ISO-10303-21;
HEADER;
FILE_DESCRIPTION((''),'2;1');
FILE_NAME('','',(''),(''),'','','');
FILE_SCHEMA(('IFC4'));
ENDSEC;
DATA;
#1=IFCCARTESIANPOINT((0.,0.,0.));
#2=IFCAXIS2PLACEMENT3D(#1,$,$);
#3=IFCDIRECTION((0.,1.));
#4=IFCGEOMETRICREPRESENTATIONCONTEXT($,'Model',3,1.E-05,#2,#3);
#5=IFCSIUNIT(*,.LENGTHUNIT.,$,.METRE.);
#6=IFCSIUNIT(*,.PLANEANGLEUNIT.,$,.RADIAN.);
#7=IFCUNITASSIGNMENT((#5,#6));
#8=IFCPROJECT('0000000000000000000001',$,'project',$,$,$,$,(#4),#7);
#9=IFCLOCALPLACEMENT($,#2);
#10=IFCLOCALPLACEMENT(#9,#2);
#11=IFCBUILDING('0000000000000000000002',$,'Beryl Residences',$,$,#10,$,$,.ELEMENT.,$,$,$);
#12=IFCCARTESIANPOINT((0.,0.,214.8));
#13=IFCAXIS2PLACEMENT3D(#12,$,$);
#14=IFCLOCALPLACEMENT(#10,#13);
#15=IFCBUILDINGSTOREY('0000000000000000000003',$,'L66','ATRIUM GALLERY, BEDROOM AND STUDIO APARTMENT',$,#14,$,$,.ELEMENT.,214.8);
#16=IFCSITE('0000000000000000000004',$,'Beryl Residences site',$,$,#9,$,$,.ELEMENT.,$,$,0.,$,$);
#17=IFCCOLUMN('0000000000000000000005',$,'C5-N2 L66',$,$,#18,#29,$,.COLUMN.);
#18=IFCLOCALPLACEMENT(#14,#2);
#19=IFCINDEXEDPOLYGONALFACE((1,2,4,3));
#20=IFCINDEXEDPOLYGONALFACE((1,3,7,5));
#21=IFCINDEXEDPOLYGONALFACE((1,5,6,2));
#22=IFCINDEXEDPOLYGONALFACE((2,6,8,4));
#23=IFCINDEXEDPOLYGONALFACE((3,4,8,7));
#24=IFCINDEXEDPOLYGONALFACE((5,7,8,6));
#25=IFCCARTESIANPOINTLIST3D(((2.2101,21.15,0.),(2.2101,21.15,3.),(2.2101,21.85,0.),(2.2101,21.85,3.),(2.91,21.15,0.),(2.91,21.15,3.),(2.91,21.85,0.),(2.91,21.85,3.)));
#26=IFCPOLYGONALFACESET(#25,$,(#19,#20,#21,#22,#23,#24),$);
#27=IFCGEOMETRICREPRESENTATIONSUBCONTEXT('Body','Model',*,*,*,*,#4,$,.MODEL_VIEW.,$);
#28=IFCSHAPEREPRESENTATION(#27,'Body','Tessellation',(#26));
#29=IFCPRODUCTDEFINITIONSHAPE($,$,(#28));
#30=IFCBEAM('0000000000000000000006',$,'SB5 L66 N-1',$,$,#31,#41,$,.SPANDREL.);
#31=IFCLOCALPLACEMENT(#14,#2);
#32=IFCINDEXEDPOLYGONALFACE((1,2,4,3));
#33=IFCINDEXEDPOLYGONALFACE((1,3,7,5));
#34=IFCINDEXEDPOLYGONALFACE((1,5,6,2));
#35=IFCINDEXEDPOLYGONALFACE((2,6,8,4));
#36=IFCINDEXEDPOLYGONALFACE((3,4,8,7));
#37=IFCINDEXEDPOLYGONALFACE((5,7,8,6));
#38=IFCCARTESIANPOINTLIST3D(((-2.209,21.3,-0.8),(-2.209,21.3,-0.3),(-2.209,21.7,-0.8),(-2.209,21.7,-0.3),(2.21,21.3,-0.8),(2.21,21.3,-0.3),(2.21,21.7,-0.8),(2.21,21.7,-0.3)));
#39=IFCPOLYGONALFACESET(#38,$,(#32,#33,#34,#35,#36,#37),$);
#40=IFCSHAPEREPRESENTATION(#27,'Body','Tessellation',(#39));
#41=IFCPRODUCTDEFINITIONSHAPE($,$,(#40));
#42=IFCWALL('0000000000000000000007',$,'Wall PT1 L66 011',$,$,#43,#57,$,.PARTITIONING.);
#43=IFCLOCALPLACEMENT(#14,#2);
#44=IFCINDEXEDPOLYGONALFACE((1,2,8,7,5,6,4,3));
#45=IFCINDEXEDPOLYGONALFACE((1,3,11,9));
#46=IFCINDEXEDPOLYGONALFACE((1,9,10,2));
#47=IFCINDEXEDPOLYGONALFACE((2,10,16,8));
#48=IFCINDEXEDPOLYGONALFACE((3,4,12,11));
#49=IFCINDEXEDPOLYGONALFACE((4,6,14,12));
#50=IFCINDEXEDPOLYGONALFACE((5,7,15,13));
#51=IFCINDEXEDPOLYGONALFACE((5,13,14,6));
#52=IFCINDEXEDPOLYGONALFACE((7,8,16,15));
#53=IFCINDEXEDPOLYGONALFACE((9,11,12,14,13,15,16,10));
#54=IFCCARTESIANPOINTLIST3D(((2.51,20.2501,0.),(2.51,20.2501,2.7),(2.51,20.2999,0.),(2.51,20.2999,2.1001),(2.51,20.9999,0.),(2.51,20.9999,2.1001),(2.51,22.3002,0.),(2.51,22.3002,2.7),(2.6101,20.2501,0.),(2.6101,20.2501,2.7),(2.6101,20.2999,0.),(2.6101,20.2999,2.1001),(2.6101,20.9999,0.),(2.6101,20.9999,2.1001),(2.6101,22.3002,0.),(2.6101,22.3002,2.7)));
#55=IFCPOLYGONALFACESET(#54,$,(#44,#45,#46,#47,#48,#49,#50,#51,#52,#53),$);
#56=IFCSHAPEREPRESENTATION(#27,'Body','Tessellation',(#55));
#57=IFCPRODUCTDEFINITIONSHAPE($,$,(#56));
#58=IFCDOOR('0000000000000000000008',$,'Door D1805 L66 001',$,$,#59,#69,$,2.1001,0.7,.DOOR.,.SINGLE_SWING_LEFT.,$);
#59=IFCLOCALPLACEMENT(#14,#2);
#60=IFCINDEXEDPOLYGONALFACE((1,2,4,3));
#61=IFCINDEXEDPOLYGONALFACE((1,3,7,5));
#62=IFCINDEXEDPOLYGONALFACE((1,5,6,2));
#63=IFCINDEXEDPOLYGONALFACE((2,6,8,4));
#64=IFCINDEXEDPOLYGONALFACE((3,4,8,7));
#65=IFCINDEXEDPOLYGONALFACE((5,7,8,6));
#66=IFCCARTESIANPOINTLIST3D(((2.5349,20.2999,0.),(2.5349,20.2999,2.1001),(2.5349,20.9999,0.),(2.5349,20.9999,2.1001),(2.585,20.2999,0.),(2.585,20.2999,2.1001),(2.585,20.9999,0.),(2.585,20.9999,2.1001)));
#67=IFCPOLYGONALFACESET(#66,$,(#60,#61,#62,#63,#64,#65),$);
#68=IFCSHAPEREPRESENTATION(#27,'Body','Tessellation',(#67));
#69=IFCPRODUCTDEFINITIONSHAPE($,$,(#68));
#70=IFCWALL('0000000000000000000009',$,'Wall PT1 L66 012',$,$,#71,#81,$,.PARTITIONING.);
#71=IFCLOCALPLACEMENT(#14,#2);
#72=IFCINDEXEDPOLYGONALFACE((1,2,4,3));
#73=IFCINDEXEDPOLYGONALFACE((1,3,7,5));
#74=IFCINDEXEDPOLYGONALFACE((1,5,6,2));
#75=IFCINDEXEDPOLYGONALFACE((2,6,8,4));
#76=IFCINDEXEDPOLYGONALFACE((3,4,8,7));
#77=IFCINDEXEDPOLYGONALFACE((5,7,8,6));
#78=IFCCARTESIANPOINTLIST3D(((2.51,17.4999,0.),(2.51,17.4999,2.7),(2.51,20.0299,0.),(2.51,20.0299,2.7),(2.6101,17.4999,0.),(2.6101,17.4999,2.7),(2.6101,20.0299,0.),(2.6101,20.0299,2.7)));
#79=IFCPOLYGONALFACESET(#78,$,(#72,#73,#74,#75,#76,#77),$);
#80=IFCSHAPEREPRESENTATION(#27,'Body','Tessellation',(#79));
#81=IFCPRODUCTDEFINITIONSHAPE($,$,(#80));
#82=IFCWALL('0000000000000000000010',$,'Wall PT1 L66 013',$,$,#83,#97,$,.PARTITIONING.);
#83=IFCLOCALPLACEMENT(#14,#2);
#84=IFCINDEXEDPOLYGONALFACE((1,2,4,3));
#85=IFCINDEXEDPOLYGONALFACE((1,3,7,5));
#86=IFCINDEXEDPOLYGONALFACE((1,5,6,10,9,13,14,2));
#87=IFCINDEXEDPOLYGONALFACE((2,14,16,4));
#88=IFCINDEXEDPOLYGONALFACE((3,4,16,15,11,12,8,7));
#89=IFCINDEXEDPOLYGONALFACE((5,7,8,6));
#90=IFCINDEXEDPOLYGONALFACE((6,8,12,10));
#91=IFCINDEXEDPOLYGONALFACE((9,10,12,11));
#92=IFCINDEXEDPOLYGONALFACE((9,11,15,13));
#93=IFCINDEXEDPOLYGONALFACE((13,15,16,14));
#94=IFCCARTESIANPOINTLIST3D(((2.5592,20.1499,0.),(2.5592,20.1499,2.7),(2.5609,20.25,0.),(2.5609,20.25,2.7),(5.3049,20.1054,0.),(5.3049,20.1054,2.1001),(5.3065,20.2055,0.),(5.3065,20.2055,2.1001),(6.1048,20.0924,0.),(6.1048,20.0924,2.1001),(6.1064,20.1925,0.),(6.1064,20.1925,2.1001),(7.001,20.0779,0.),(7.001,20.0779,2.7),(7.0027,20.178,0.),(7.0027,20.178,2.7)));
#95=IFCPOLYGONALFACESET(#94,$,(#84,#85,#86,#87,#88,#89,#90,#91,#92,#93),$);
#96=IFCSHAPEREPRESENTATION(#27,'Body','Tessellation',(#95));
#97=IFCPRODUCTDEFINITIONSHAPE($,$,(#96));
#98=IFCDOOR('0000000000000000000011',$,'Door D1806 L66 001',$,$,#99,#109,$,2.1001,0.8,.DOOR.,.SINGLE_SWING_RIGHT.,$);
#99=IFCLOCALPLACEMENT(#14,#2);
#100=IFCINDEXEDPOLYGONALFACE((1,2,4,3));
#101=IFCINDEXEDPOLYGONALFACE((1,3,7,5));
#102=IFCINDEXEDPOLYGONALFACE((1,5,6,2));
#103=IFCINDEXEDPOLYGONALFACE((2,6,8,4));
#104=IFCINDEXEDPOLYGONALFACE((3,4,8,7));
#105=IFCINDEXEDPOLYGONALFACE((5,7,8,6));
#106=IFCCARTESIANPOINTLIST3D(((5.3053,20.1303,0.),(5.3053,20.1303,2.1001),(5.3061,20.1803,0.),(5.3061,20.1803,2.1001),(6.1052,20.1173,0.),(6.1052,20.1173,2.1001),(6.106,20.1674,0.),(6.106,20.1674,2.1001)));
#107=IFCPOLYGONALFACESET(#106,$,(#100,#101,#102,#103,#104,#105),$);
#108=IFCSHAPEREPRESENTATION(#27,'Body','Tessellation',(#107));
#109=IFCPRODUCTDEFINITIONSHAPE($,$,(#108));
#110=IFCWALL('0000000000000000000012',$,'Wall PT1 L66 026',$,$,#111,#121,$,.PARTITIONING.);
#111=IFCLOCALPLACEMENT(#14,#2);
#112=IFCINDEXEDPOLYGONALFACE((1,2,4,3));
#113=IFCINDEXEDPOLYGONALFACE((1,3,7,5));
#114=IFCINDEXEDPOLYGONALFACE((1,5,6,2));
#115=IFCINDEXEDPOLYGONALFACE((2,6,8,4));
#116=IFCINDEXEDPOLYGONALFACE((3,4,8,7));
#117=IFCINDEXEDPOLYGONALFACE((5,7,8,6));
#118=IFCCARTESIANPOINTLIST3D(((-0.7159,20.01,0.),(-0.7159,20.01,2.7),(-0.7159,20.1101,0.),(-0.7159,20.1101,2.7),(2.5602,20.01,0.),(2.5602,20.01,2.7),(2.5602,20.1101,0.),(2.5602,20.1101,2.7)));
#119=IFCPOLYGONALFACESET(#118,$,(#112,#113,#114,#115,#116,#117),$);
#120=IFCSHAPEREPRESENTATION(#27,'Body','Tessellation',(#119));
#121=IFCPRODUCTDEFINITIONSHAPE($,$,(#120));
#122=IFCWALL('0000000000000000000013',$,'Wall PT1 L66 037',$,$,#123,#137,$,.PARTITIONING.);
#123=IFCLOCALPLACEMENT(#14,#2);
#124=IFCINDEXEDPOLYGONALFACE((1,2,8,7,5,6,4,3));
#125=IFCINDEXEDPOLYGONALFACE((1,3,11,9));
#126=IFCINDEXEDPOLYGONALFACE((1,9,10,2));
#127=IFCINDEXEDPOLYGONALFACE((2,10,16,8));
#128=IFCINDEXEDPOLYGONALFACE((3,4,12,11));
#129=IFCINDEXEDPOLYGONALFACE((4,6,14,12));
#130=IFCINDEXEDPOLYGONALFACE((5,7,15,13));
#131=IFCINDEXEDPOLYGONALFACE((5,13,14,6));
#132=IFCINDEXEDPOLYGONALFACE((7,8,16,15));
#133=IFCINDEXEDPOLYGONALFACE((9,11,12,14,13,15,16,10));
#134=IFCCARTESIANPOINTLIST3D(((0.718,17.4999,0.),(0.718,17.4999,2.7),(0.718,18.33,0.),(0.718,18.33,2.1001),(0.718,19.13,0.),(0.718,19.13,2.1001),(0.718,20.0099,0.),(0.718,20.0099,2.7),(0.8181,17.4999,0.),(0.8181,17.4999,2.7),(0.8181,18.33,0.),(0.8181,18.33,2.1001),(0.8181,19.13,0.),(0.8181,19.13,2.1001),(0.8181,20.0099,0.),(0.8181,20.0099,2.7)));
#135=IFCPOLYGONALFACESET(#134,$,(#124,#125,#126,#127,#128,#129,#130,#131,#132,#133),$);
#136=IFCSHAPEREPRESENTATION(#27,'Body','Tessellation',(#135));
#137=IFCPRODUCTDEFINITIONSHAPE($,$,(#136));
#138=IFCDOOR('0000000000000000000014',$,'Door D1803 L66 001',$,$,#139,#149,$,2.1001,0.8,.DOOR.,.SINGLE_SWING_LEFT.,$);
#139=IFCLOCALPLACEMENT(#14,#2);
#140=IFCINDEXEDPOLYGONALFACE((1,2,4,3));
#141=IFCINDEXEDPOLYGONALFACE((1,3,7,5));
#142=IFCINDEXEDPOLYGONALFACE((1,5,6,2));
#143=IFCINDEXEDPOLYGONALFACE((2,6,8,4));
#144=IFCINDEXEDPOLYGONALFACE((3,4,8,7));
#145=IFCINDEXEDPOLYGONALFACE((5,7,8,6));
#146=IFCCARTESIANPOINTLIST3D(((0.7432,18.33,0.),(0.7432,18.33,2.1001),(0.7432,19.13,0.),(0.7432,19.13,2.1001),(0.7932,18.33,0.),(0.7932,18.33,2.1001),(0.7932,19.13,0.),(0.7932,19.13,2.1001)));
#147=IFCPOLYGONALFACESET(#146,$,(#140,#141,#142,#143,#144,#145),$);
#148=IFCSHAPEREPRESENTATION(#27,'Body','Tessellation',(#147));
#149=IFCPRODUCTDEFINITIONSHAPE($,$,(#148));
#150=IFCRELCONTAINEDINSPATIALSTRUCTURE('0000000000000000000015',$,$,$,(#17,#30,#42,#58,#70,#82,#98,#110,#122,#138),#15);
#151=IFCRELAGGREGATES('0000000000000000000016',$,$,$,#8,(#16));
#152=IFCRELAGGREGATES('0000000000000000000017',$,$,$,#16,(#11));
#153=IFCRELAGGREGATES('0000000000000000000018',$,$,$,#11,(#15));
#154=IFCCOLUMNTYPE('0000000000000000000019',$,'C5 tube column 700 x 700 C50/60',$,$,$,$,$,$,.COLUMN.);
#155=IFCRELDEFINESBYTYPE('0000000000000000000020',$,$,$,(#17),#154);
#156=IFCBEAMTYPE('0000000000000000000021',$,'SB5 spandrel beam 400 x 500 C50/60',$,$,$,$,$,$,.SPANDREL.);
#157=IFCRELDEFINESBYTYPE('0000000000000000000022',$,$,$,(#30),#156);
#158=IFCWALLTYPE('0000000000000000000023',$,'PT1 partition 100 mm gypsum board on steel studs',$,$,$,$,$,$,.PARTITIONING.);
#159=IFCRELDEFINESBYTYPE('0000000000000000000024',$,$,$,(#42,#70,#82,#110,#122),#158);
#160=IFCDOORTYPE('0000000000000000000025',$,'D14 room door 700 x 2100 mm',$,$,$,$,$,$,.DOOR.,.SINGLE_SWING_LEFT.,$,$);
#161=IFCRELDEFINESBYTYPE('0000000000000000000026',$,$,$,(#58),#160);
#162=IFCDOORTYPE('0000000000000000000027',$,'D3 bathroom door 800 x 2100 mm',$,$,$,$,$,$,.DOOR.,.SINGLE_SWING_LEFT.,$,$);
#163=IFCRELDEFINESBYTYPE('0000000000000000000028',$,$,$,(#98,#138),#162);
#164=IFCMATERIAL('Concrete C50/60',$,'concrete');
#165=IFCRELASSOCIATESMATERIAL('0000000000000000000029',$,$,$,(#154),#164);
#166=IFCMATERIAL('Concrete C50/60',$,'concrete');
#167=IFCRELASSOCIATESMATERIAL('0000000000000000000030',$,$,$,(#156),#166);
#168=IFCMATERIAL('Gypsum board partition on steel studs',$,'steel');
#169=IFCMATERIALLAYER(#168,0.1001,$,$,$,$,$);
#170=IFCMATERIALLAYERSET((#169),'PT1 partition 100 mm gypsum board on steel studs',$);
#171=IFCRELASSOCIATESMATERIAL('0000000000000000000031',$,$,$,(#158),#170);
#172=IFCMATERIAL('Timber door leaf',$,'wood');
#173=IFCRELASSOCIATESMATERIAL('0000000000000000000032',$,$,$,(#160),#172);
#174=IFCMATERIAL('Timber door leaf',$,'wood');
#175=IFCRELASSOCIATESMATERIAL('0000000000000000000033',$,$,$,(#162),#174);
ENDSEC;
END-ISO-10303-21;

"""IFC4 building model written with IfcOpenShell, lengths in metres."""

from ifc_helpers import new_model, si_unit, direction, frame, frame_2d, origin, origin_2d, place, context, subcontext, project, spatial, rectangle, extrude, material, layer, layer_set, material_profile, profile_set, type_object, element, fill, save


model = new_model("IFC4")

# Units and contexts
model_context = context("Model", 3, precision=1e-05, world=origin(), true_north=direction((0.0, 1.0)))
body_context = subcontext(model_context, "Body", "Model", "MODEL_VIEW")
ifc_project = project(units=[si_unit("LENGTHUNIT", "METRE"), si_unit("PLANEANGLEUNIT", "RADIAN")], contexts=[model_context])

# Site, building, storey
site_placement = place(None, origin())
site = spatial("IfcSite", under=ifc_project, at=site_placement, Name="Beryl Residences site", CompositionType="ELEMENT", RefElevation=0.0)
building_placement = place(site_placement, origin())
building = spatial("IfcBuilding", under=site, at=building_placement, Name="Beryl Residences", CompositionType="ELEMENT")
storey_placement = place(building_placement, frame((0.0, 0.0, 214.8)))
storey = spatial("IfcBuildingStorey", under=building, at=storey_placement, Name="L66", Description="ATRIUM GALLERY, BEDROOM AND STUDIO APARTMENT", CompositionType="ELEMENT", Elevation=214.8)

# Column
ifc_material_1 = material(Name="Concrete C50/60", Category="concrete")
ifc_material_profile_1 = material_profile(ifc_material_1, rectangle(XDim=0.7, YDim=0.7, at=origin_2d()))
ifc_profile_set_1 = profile_set([ifc_material_profile_1], Name="Concrete C50/60")
column_type = type_object("IfcColumnType", Name="C5 tube column 700 x 700 C50/60", PredefinedType="COLUMN", material=ifc_profile_set_1)
column_placement = place(storey_placement, frame((2.5601, 21.5, 0.0), z_axis=(0.0, 0.0, 1.0), x_axis=(-1.0, 0.0, 0.0)))
element("IfcColumn", 1, at=column_placement, inside=storey, type_object=column_type, Name="C5-N2 L66", PredefinedType="COLUMN", context=body_context, shape_type="SweptSolid", body=[
    extrude(rectangle(XDim=0.7, YDim=0.7, at=origin_2d()), origin(), (0.0, 0.0, 1.0), 3.0),
])

# Beam
ifc_material_2 = material(Name="Concrete C50/60", Category="concrete")
ifc_material_profile_2 = material_profile(ifc_material_2, rectangle(XDim=0.3999, YDim=0.5, at=origin_2d()))
ifc_profile_set_2 = profile_set([ifc_material_profile_2], Name="Concrete C50/60")
beam_type = type_object("IfcBeamType", Name="SB5 spandrel beam 400 x 500 C50/60", PredefinedType="SPANDREL", material=ifc_profile_set_2)
beam_placement = place(storey_placement, frame((2.21, 21.5, -0.55), z_axis=(-1.0, 0.0, 0.0), x_axis=(0.0, -1.0, 0.0)))
element("IfcBeam", 2, at=beam_placement, inside=storey, type_object=beam_type, Name="SB5 L66 N-1", PredefinedType="SPANDREL", context=body_context, shape_type="SweptSolid", body=[
    extrude(rectangle(XDim=0.3999, YDim=0.5, at=origin_2d()), origin(), (0.0, 0.0, 1.0), 4.4189),
])

# Wall, opening, door
ifc_material_3 = material(Name="Gypsum board partition on steel studs", Category="steel")
ifc_layer = layer(ifc_material_3, 0.1001)
ifc_layer_set = layer_set([ifc_layer], Name="PT1 partition 100 mm gypsum board on steel studs")
wall_type = type_object("IfcWallType", Name="PT1 partition 100 mm gypsum board on steel studs", PredefinedType="PARTITIONING", material=ifc_layer_set)
wall_1_placement = place(storey_placement, frame((2.5601, 22.3, 0.0), z_axis=(0.0, 0.0, 1.0), x_axis=(0.0, -1.0, 0.0)))
wall_1 = element("IfcWall", 3, at=wall_1_placement, inside=storey, type_object=wall_type, Name="Wall PT1 L66 011", PredefinedType="PARTITIONING", context=body_context, shape_type="SweptSolid", body=[
    extrude(rectangle(XDim=2.05, YDim=0.1001, at=frame_2d((1.0249, 0.0))), origin(), (0.0, 0.0, 1.0), 2.7),
])
opening_1_placement = place(wall_1_placement, frame((1.3, 0.0, 0.0)))
opening_1 = element("IfcOpeningElement", 4, at=opening_1_placement, cuts=wall_1, PredefinedType="OPENING", context=body_context, shape_type="SweptSolid", body=[
    extrude(rectangle(XDim=0.7, YDim=2.1001, at=frame_2d((0.3501, 1.05))), frame((0.0, 0.0601, 0.0), z_axis=(0.0, -1.0, 0.0), x_axis=(1.0, 0.0, 0.0)), (0.0, 0.0, 1.0), 0.1201),
])
ifc_material_4 = material(Name="Timber door leaf", Category="wood")
door_type_1 = type_object("IfcDoorType", Name="D14 room door 700 x 2100 mm", OperationType="SINGLE_SWING_LEFT", PredefinedType="DOOR", material=ifc_material_4)
door_1_placement = place(opening_1_placement, origin())
door_1 = element("IfcDoor", 5, at=door_1_placement, inside=storey, type_object=door_type_1, Name="Door D1805 L66 001", OperationType="SINGLE_SWING_LEFT", OverallHeight=2.1001, OverallWidth=0.7, PredefinedType="DOOR", context=body_context, shape_type="SweptSolid", body=[
    extrude(rectangle(XDim=0.7, YDim=2.1001, at=frame_2d((0.3501, 1.05))), frame((0.0, 0.0249, 0.0), z_axis=(0.0, -1.0, 0.0), x_axis=(1.0, 0.0, 0.0)), (0.0, 0.0, 1.0), 0.05),
])
fill(opening_1, door_1)

# Wall
wall_2_placement = place(storey_placement, frame((2.5601, 20.03, 0.0), z_axis=(0.0, 0.0, 1.0), x_axis=(0.0, -1.0, 0.0)))
element("IfcWall", 6, at=wall_2_placement, inside=storey, type_object=wall_type, Name="Wall PT1 L66 012", PredefinedType="PARTITIONING", context=body_context, shape_type="SweptSolid", body=[
    extrude(rectangle(XDim=2.53, YDim=0.1001, at=frame_2d((1.2651, 0.0))), origin(), (0.0, 0.0, 1.0), 2.7),
])

# Wall, opening, door
wall_3_placement = place(storey_placement, frame((2.5601, 20.2, 0.0), z_axis=(0.0, 0.0, 1.0), x_axis=(0.999869, -0.016212, 0.0)))
wall_3 = element("IfcWall", 7, at=wall_3_placement, inside=storey, type_object=wall_type, Name="Wall PT1 L66 013", PredefinedType="PARTITIONING", context=body_context, shape_type="SweptSolid", body=[
    extrude(rectangle(XDim=4.4424, YDim=0.1001, at=frame_2d((2.2212, 0.0))), origin(), (0.0, 0.0, 1.0), 2.7),
])
opening_2_placement = place(wall_3_placement, frame((2.7461, 0.0, 0.0)))
opening_2 = element("IfcOpeningElement", 8, at=opening_2_placement, cuts=wall_3, PredefinedType="OPENING", context=body_context, shape_type="SweptSolid", body=[
    extrude(rectangle(XDim=0.8, YDim=2.1001, at=frame_2d((0.3999, 1.05))), frame((0.0, 0.0601, 0.0), z_axis=(0.0, -1.0, 0.0), x_axis=(1.0, 0.0, 0.0)), (0.0, 0.0, 1.0), 0.1201),
])
ifc_material_5 = material(Name="Timber door leaf", Category="wood")
door_type_2 = type_object("IfcDoorType", Name="D3 bathroom door 800 x 2100 mm", OperationType="SINGLE_SWING_LEFT", PredefinedType="DOOR", material=ifc_material_5)
door_2_placement = place(opening_2_placement, origin())
door_2 = element("IfcDoor", 9, at=door_2_placement, inside=storey, type_object=door_type_2, Name="Door D1806 L66 001", OperationType="SINGLE_SWING_RIGHT", OverallHeight=2.1001, OverallWidth=0.8, PredefinedType="DOOR", context=body_context, shape_type="SweptSolid", body=[
    extrude(rectangle(XDim=0.8, YDim=2.1001, at=frame_2d((0.3999, 1.05))), frame((0.0, 0.0249, 0.0), z_axis=(0.0, -1.0, 0.0), x_axis=(1.0, 0.0, 0.0)), (0.0, 0.0, 1.0), 0.05),
])
fill(opening_2, door_2)

# Wall
wall_4_placement = place(storey_placement, frame((-0.7161, 20.0601, 0.0), z_axis=(0.0, 0.0, 1.0), x_axis=(1.0, 0.0, 0.0)))
element("IfcWall", 10, at=wall_4_placement, inside=storey, type_object=wall_type, Name="Wall PT1 L66 026", PredefinedType="PARTITIONING", context=body_context, shape_type="SweptSolid", body=[
    extrude(rectangle(XDim=3.2761, YDim=0.1001, at=frame_2d((1.6382, 0.0))), origin(), (0.0, 0.0, 1.0), 2.7),
])

# Wall, opening, door
wall_5_placement = place(storey_placement, frame((0.7681, 17.5, 0.0), z_axis=(0.0, 0.0, 1.0), x_axis=(0.0, 1.0, 0.0)))
wall_5 = element("IfcWall", 11, at=wall_5_placement, inside=storey, type_object=wall_type, Name="Wall PT1 L66 037", PredefinedType="PARTITIONING", context=body_context, shape_type="SweptSolid", body=[
    extrude(rectangle(XDim=2.51, YDim=0.1001, at=frame_2d((1.2549, 0.0))), origin(), (0.0, 0.0, 1.0), 2.7),
])
opening_3_placement = place(wall_5_placement, frame((0.8301, 0.0, 0.0)))
opening_3 = element("IfcOpeningElement", 12, at=opening_3_placement, cuts=wall_5, PredefinedType="OPENING", context=body_context, shape_type="SweptSolid", body=[
    extrude(rectangle(XDim=0.8, YDim=2.1001, at=frame_2d((0.3999, 1.05))), frame((0.0, 0.0601, 0.0), z_axis=(0.0, -1.0, 0.0), x_axis=(1.0, 0.0, 0.0)), (0.0, 0.0, 1.0), 0.1201),
])
door_3_placement = place(opening_3_placement, origin())
door_3 = element("IfcDoor", 13, at=door_3_placement, inside=storey, type_object=door_type_2, Name="Door D1803 L66 001", OperationType="SINGLE_SWING_LEFT", OverallHeight=2.1001, OverallWidth=0.8, PredefinedType="DOOR", context=body_context, shape_type="SweptSolid", body=[
    extrude(rectangle(XDim=0.8, YDim=2.1001, at=frame_2d((0.3999, 1.05))), frame((0.0, 0.0249, 0.0), z_axis=(0.0, -1.0, 0.0), x_axis=(1.0, 0.0, 0.0)), (0.0, 0.0, 1.0), 0.05),
])
fill(opening_3, door_3)

save(model, "model.ifc")
